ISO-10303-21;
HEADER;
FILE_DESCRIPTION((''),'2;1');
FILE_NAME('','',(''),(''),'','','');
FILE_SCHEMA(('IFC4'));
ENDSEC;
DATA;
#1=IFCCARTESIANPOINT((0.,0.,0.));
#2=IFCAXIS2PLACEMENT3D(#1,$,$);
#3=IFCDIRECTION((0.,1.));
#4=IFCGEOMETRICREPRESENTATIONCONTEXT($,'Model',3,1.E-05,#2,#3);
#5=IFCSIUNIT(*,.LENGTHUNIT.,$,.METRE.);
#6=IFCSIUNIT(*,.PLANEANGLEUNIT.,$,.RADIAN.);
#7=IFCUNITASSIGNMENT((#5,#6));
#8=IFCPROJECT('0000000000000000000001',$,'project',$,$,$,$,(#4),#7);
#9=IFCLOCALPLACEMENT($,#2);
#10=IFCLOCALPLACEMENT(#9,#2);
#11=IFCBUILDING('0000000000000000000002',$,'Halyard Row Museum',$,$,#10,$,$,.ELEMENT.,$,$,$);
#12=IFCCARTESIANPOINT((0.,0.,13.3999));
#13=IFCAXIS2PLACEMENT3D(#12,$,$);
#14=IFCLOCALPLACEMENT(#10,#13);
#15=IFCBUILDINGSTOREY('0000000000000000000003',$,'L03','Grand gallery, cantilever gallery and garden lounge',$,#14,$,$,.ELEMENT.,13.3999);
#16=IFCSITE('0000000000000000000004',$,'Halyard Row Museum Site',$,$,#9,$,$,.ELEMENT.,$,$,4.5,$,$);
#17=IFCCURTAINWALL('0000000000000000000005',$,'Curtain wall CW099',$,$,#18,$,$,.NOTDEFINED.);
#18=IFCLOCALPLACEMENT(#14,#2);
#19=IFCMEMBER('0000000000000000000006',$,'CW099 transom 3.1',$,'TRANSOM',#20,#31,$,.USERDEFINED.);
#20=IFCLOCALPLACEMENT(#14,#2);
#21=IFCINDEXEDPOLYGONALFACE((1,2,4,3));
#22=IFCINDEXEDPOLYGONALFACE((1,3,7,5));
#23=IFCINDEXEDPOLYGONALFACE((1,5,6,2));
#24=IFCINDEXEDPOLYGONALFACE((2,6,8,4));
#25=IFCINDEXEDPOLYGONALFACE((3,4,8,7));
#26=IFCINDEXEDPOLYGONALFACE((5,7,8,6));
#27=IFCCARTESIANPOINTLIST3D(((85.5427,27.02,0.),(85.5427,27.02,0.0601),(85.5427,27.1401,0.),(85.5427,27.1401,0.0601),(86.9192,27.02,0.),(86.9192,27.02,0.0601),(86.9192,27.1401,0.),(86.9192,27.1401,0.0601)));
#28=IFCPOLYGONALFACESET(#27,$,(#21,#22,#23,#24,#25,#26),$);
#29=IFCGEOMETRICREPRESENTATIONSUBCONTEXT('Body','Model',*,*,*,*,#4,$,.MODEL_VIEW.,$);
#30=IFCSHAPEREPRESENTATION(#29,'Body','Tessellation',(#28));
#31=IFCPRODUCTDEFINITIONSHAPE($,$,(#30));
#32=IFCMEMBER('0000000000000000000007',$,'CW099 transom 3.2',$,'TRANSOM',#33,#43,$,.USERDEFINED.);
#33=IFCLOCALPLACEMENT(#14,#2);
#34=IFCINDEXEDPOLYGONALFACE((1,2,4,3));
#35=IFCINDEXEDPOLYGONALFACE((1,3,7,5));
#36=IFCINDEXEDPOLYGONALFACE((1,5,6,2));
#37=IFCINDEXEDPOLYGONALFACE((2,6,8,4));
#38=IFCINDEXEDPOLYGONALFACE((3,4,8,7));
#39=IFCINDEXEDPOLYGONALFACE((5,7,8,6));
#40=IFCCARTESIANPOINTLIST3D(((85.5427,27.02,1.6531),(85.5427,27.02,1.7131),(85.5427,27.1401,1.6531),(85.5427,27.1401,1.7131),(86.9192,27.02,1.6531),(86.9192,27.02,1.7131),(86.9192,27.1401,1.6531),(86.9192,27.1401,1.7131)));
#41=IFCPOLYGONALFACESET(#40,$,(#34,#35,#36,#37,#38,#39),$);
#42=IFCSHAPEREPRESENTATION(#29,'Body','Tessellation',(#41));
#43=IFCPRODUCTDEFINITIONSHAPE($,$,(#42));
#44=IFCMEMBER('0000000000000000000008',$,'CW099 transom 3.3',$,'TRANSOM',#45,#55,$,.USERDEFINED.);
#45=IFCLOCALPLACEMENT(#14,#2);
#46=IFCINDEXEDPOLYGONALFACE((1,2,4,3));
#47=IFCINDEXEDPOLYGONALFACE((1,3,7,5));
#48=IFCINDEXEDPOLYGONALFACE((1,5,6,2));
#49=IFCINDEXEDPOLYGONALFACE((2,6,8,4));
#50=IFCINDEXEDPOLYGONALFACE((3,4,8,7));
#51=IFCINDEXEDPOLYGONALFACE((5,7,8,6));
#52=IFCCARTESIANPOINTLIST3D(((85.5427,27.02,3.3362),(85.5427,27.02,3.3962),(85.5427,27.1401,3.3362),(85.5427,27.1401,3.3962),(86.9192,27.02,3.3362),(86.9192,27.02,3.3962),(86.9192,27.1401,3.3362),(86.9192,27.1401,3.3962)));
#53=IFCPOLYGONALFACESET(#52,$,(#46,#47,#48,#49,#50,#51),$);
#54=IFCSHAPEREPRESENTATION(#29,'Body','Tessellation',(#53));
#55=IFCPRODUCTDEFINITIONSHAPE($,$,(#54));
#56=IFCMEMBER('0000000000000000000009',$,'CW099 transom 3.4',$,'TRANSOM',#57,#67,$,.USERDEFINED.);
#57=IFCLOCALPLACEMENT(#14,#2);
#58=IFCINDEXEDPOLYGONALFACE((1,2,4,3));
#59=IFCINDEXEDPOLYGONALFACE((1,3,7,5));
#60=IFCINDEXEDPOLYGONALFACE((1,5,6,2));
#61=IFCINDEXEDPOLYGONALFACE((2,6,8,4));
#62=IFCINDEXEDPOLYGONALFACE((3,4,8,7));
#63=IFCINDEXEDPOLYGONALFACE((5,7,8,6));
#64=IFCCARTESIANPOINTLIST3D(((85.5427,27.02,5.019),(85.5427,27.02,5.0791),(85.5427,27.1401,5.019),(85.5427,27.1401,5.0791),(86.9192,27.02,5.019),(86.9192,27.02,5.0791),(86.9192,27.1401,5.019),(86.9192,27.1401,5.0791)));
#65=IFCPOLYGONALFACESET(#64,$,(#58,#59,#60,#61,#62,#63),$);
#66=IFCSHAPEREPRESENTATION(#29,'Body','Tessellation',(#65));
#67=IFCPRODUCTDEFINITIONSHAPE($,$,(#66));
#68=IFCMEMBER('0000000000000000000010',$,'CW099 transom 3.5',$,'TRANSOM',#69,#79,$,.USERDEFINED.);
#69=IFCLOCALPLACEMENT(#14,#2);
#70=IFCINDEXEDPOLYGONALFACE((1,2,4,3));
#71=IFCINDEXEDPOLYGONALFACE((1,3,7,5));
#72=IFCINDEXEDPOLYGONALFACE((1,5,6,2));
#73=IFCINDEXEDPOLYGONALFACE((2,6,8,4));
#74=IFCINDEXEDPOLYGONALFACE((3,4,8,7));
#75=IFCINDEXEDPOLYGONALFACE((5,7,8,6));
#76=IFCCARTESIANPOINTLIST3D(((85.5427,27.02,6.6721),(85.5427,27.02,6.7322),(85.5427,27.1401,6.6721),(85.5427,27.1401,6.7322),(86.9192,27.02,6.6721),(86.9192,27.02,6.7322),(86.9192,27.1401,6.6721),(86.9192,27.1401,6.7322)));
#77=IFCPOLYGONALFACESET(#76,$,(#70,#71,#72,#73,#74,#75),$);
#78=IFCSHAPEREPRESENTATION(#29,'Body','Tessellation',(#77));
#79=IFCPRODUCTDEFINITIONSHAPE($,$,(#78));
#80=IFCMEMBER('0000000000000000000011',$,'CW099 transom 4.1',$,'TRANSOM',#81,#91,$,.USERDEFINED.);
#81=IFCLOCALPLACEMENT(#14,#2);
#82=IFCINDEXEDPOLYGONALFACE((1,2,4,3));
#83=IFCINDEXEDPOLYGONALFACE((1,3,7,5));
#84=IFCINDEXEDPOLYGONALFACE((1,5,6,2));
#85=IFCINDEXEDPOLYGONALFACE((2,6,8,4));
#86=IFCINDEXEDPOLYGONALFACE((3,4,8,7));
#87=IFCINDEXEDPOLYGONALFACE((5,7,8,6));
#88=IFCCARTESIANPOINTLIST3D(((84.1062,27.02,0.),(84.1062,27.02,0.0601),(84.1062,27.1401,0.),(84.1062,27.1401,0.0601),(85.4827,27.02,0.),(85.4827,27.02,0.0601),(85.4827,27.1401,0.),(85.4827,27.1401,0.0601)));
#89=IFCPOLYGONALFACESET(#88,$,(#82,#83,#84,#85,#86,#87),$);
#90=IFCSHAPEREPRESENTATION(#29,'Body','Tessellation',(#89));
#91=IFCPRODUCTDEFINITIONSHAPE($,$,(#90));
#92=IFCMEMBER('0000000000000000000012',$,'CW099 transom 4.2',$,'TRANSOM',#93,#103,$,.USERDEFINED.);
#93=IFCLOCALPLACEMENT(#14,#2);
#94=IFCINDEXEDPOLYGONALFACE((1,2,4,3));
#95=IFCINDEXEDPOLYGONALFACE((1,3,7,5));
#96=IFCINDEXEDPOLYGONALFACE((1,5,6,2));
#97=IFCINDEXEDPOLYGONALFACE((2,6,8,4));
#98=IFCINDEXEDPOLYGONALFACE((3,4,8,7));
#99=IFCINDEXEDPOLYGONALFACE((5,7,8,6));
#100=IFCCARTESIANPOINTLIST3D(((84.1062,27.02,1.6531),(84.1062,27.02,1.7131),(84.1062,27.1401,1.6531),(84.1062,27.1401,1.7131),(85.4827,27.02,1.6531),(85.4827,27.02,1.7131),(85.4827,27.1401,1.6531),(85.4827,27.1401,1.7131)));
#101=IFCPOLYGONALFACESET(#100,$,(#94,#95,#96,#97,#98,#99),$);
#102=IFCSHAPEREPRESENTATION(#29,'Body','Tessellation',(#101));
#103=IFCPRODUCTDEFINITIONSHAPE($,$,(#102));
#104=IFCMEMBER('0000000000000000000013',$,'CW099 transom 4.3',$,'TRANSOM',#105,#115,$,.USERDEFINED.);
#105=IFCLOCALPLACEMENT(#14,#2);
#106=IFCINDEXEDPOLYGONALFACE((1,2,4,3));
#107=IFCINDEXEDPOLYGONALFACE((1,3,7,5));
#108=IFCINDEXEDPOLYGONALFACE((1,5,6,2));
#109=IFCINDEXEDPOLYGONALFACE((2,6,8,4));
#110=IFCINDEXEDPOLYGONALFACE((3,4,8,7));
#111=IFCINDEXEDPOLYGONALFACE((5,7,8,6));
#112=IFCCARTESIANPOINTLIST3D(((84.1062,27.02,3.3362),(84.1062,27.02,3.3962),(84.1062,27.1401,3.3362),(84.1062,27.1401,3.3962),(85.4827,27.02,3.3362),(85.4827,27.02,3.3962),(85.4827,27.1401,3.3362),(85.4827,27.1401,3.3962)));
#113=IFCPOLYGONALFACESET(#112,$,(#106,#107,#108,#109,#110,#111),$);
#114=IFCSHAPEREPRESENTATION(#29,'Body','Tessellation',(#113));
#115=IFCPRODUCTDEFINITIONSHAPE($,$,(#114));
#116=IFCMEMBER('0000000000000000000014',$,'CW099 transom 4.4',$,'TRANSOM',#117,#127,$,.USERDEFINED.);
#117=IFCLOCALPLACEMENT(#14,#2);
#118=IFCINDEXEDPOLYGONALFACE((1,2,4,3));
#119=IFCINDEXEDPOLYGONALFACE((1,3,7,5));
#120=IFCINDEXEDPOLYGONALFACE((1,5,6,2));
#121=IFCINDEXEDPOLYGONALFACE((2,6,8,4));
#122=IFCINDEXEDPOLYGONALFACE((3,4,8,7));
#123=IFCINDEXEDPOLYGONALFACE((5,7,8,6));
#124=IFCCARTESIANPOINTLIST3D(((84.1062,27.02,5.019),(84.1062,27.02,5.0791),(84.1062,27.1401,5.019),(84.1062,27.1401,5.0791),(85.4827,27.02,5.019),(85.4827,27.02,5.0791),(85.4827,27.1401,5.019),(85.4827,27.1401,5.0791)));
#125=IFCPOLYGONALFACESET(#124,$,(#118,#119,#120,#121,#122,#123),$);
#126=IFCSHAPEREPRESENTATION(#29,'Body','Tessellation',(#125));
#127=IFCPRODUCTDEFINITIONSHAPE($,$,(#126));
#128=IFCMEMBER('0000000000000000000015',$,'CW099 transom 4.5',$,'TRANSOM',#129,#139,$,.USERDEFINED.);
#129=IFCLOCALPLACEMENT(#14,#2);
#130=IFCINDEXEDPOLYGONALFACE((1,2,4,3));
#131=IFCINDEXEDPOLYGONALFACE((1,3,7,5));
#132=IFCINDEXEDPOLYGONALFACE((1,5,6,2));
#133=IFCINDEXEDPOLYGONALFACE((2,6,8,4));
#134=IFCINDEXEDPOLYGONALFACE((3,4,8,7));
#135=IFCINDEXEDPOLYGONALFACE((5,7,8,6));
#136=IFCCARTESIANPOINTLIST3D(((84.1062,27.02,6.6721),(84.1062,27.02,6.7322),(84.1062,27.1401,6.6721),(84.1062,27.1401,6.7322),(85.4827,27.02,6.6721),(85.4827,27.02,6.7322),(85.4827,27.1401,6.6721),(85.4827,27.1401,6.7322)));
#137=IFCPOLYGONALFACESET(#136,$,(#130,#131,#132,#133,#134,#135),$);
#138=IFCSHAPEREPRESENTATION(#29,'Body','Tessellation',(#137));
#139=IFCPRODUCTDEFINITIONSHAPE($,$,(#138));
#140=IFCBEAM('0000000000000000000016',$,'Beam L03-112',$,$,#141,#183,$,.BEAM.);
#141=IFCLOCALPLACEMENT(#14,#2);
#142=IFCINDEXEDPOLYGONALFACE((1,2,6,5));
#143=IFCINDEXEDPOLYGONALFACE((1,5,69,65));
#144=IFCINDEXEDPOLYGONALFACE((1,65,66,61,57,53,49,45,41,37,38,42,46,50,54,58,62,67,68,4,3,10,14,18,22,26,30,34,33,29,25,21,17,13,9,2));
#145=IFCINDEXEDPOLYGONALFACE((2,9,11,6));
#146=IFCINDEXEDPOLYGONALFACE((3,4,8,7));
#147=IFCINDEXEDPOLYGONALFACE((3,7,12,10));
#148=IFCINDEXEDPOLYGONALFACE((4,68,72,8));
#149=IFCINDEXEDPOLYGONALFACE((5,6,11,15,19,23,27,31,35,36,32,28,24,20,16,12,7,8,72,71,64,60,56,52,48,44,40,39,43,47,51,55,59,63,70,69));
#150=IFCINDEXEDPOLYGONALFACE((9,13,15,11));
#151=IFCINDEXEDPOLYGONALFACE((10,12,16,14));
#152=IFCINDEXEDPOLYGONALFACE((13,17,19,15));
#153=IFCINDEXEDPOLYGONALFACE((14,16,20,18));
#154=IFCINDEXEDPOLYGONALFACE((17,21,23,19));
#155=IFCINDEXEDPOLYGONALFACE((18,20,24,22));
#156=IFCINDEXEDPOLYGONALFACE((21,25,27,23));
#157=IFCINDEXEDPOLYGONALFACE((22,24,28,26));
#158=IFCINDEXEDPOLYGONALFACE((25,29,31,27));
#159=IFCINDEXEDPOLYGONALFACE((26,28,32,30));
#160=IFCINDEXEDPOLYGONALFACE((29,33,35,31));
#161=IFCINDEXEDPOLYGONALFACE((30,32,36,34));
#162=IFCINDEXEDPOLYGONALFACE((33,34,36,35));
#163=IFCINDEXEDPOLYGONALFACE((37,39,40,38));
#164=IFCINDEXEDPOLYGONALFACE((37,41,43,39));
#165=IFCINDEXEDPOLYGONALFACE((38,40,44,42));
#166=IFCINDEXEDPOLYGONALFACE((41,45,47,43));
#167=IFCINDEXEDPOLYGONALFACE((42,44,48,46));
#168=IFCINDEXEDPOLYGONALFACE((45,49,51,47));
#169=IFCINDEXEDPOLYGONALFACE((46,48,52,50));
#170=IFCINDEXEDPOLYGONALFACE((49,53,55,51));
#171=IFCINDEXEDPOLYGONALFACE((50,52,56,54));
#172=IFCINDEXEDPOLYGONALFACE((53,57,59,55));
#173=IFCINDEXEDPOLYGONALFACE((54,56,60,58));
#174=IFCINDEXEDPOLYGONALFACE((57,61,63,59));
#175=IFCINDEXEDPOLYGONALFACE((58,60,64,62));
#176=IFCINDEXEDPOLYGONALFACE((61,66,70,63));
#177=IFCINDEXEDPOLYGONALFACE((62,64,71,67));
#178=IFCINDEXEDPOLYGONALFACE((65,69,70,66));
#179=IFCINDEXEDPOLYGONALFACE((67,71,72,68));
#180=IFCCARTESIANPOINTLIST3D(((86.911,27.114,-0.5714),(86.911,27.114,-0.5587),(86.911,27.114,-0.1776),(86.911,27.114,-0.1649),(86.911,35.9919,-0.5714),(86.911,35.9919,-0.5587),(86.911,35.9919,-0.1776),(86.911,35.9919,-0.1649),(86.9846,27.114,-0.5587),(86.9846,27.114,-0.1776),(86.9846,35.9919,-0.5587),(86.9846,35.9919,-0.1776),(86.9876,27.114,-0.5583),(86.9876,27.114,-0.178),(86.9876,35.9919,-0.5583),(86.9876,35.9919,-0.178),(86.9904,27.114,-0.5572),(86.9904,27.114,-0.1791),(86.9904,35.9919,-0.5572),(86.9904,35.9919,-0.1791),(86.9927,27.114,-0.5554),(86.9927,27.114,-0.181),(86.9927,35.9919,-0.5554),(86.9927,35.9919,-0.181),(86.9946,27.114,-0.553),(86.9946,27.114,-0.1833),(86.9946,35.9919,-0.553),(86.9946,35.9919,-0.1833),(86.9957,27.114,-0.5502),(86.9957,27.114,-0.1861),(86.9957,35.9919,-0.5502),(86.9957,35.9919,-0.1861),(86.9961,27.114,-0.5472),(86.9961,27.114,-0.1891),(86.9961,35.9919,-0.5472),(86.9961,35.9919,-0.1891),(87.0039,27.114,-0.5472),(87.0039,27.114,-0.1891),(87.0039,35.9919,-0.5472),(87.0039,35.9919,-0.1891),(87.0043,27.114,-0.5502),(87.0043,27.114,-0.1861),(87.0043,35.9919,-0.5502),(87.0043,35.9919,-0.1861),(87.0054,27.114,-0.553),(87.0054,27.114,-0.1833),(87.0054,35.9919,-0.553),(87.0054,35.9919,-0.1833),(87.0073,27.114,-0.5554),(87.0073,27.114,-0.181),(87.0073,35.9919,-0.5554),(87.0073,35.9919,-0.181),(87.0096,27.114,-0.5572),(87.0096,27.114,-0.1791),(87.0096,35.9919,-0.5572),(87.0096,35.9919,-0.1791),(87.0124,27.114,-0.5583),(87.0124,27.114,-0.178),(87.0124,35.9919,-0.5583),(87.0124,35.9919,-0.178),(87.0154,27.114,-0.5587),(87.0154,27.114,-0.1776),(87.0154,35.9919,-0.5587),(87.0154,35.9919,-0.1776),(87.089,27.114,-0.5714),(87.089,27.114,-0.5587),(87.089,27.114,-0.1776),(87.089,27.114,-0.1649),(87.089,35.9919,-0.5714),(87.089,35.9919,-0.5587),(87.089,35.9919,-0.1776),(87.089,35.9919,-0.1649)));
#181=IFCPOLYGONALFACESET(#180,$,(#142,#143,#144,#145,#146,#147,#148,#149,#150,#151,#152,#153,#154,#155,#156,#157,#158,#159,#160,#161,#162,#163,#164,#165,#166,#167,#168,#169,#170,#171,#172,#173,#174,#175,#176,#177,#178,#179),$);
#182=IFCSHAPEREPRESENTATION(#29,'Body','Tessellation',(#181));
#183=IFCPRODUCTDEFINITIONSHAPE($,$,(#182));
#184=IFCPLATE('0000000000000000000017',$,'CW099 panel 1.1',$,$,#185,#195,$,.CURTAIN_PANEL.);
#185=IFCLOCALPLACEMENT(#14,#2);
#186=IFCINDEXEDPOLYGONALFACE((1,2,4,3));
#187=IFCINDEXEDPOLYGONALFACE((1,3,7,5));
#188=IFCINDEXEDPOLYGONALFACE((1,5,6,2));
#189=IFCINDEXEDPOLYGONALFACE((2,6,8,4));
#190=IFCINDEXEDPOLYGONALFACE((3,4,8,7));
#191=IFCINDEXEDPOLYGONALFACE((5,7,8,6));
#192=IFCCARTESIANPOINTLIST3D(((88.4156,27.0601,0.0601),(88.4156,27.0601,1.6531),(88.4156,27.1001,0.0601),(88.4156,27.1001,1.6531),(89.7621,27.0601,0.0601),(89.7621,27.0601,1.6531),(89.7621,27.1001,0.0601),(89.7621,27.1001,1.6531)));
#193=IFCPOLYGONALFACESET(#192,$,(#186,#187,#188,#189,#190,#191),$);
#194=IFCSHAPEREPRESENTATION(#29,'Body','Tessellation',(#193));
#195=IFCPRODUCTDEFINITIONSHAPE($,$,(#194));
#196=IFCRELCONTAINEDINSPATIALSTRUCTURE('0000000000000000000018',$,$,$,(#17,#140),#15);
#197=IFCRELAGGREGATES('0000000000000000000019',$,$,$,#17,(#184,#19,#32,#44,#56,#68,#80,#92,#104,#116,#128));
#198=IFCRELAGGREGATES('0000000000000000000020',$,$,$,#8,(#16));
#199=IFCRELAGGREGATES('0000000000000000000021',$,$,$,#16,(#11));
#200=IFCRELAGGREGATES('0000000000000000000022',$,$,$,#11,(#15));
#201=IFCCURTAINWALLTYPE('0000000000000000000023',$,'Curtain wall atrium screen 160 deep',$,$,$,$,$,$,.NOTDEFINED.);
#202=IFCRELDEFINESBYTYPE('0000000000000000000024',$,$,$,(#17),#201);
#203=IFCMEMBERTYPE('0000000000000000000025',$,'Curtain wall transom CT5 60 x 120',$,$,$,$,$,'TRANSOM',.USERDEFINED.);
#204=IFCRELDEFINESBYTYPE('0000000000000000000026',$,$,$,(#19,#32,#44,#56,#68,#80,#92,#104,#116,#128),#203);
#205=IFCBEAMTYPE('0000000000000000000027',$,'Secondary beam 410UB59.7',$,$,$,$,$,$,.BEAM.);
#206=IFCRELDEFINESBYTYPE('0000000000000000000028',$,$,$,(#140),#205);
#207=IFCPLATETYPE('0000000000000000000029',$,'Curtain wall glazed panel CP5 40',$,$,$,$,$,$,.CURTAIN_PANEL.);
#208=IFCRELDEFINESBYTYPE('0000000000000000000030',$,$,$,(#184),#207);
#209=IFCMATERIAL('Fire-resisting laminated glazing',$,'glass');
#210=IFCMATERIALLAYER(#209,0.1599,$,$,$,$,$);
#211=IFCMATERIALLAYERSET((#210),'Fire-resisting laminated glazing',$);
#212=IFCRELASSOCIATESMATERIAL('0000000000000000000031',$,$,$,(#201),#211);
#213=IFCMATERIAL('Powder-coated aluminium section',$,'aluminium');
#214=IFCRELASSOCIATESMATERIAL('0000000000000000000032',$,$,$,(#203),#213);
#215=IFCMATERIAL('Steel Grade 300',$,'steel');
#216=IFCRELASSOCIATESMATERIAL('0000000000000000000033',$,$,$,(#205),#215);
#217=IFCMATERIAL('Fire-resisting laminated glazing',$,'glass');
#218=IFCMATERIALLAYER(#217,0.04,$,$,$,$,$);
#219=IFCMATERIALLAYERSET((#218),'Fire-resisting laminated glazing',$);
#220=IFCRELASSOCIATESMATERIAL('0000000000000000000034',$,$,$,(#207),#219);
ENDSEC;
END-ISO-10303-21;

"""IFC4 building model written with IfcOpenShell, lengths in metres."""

from ifc_helpers import new_model, si_unit, direction, frame, origin, origin_2d, place, context, subcontext, project, spatial, rectangle, i_section, extrude, material, layer, layer_set, material_profile, profile_set, type_object, element, aggregate, save


model = new_model("IFC4")

# Units and contexts
model_context = context("Model", 3, precision=1e-05, world=origin(), true_north=direction((0.0, 1.0)))
body_context = subcontext(model_context, "Body", "Model", "MODEL_VIEW")
ifc_project = project(units=[si_unit("LENGTHUNIT", "METRE"), si_unit("PLANEANGLEUNIT", "RADIAN")], contexts=[model_context])

# Site, building, storey
site_placement = place(None, origin())
site = spatial("IfcSite", under=ifc_project, at=site_placement, Name="Halyard Row Museum Site", CompositionType="ELEMENT", RefElevation=4.5)
building_placement = place(site_placement, origin())
building = spatial("IfcBuilding", under=site, at=building_placement, Name="Halyard Row Museum", CompositionType="ELEMENT")
storey_placement = place(building_placement, frame((0.0, 0.0, 13.3999)))
storey = spatial("IfcBuildingStorey", under=building, at=storey_placement, Name="L03", Description="Grand gallery, cantilever gallery and garden lounge", CompositionType="ELEMENT", Elevation=13.3999)

# Curtain wall, members
ifc_material_1 = material(Name="Fire-resisting laminated glazing", Category="glass")
ifc_layer_1 = layer(ifc_material_1, 0.1599)
ifc_layer_set_1 = layer_set([ifc_layer_1], Name="Fire-resisting laminated glazing")
curtain_wall_type = type_object("IfcCurtainWallType", Name="Curtain wall atrium screen 160 deep", PredefinedType="NOTDEFINED", material=ifc_layer_set_1)
curtain_wall_placement = place(storey_placement, origin())
curtain_wall = element("IfcCurtainWall", 1, at=curtain_wall_placement, inside=storey, type_object=curtain_wall_type, Name="Curtain wall CW099", PredefinedType="NOTDEFINED")
ifc_material_2 = material(Name="Powder-coated aluminium section", Category="aluminium")
ifc_material_profile_1 = material_profile(ifc_material_2, rectangle(XDim=0.1201, YDim=0.0601, at=origin_2d()), Name="120x60 transom")
ifc_profile_set_1 = profile_set([ifc_material_profile_1], Name="Powder-coated aluminium section")
member_type_1 = type_object("IfcMemberType", Name="Curtain wall transom CT5 60 x 120", ElementType="TRANSOM", PredefinedType="USERDEFINED", material=ifc_profile_set_1)
member_1_placement = place(storey_placement, frame((86.9192, 27.0801, 0.03), z_axis=(-1.0, 0.0, 0.0), x_axis=(0.0, -1.0, 0.0)))
member_1 = element("IfcMember", 2, at=member_1_placement, type_object=member_type_1, Name="CW099 transom 3.1", ObjectType="TRANSOM", PredefinedType="USERDEFINED", context=body_context, shape_type="SweptSolid", body=[
    extrude(rectangle(XDim=0.1201, YDim=0.0601, at=origin_2d()), origin(), (0.0, 0.0, 1.0), 1.3765),
])
member_2_placement = place(storey_placement, frame((86.9192, 27.0801, 1.6831), z_axis=(-1.0, 0.0, 0.0), x_axis=(0.0, -1.0, 0.0)))
member_2 = element("IfcMember", 3, at=member_2_placement, type_object=member_type_1, Name="CW099 transom 3.2", ObjectType="TRANSOM", PredefinedType="USERDEFINED", context=body_context, shape_type="SweptSolid", body=[
    extrude(rectangle(XDim=0.1201, YDim=0.0601, at=origin_2d()), origin(), (0.0, 0.0, 1.0), 1.3765),
])
member_3_placement = place(storey_placement, frame((86.9192, 27.0801, 3.3662), z_axis=(-1.0, 0.0, 0.0), x_axis=(0.0, -1.0, 0.0)))
member_3 = element("IfcMember", 4, at=member_3_placement, type_object=member_type_1, Name="CW099 transom 3.3", ObjectType="TRANSOM", PredefinedType="USERDEFINED", context=body_context, shape_type="SweptSolid", body=[
    extrude(rectangle(XDim=0.1201, YDim=0.0601, at=origin_2d()), origin(), (0.0, 0.0, 1.0), 1.3765),
])
member_4_placement = place(storey_placement, frame((86.9192, 27.0801, 5.0491), z_axis=(-1.0, 0.0, 0.0), x_axis=(0.0, -1.0, 0.0)))
member_4 = element("IfcMember", 5, at=member_4_placement, type_object=member_type_1, Name="CW099 transom 3.4", ObjectType="TRANSOM", PredefinedType="USERDEFINED", context=body_context, shape_type="SweptSolid", body=[
    extrude(rectangle(XDim=0.1201, YDim=0.0601, at=origin_2d()), origin(), (0.0, 0.0, 1.0), 1.3765),
])
member_5_placement = place(storey_placement, frame((86.9192, 27.0801, 6.7021), z_axis=(-1.0, 0.0, 0.0), x_axis=(0.0, -1.0, 0.0)))
member_5 = element("IfcMember", 6, at=member_5_placement, type_object=member_type_1, Name="CW099 transom 3.5", ObjectType="TRANSOM", PredefinedType="USERDEFINED", context=body_context, shape_type="SweptSolid", body=[
    extrude(rectangle(XDim=0.1201, YDim=0.0601, at=origin_2d()), origin(), (0.0, 0.0, 1.0), 1.3765),
])
member_6_placement = place(storey_placement, frame((85.4827, 27.0801, 0.03), z_axis=(-1.0, 0.0, 0.0), x_axis=(0.0, -1.0, 0.0)))
member_6 = element("IfcMember", 7, at=member_6_placement, type_object=member_type_1, Name="CW099 transom 4.1", ObjectType="TRANSOM", PredefinedType="USERDEFINED", context=body_context, shape_type="SweptSolid", body=[
    extrude(rectangle(XDim=0.1201, YDim=0.0601, at=origin_2d()), origin(), (0.0, 0.0, 1.0), 1.3765),
])
member_7_placement = place(storey_placement, frame((85.4827, 27.0801, 1.6831), z_axis=(-1.0, 0.0, 0.0), x_axis=(0.0, -1.0, 0.0)))
member_7 = element("IfcMember", 8, at=member_7_placement, type_object=member_type_1, Name="CW099 transom 4.2", ObjectType="TRANSOM", PredefinedType="USERDEFINED", context=body_context, shape_type="SweptSolid", body=[
    extrude(rectangle(XDim=0.1201, YDim=0.0601, at=origin_2d()), origin(), (0.0, 0.0, 1.0), 1.3765),
])
member_8_placement = place(storey_placement, frame((85.4827, 27.0801, 3.3662), z_axis=(-1.0, 0.0, 0.0), x_axis=(0.0, -1.0, 0.0)))
member_8 = element("IfcMember", 9, at=member_8_placement, type_object=member_type_1, Name="CW099 transom 4.3", ObjectType="TRANSOM", PredefinedType="USERDEFINED", context=body_context, shape_type="SweptSolid", body=[
    extrude(rectangle(XDim=0.1201, YDim=0.0601, at=origin_2d()), origin(), (0.0, 0.0, 1.0), 1.3765),
])
member_9_placement = place(storey_placement, frame((85.4827, 27.0801, 5.0491), z_axis=(-1.0, 0.0, 0.0), x_axis=(0.0, -1.0, 0.0)))
member_9 = element("IfcMember", 10, at=member_9_placement, type_object=member_type_1, Name="CW099 transom 4.4", ObjectType="TRANSOM", PredefinedType="USERDEFINED", context=body_context, shape_type="SweptSolid", body=[
    extrude(rectangle(XDim=0.1201, YDim=0.0601, at=origin_2d()), origin(), (0.0, 0.0, 1.0), 1.3765),
])
member_10_placement = place(storey_placement, frame((85.4827, 27.0801, 6.7021), z_axis=(-1.0, 0.0, 0.0), x_axis=(0.0, -1.0, 0.0)))
member_10 = element("IfcMember", 11, at=member_10_placement, type_object=member_type_1, Name="CW099 transom 4.5", ObjectType="TRANSOM", PredefinedType="USERDEFINED", context=body_context, shape_type="SweptSolid", body=[
    extrude(rectangle(XDim=0.1201, YDim=0.0601, at=origin_2d()), origin(), (0.0, 0.0, 1.0), 1.3765),
])

# Beam
ifc_material_3 = material(Name="Steel Grade 300", Category="steel")
ifc_material_profile_2 = material_profile(ifc_material_3, i_section(OverallWidth=0.178, OverallDepth=0.4065, WebThickness=0.0078, FlangeThickness=0.0127, FilletRadius=0.0115, at=origin_2d()), Name="410UB59.7")
ifc_profile_set_2 = profile_set([ifc_material_profile_2], Name="Steel Grade 300")
beam_type = type_object("IfcBeamType", Name="Secondary beam 410UB59.7", PredefinedType="BEAM", material=ifc_profile_set_2)
beam_placement = place(storey_placement, frame((87.0, 27.114, -0.3682), z_axis=(0.0, 1.0, 0.0), x_axis=(-1.0, 0.0, 0.0)))
element("IfcBeam", 12, at=beam_placement, inside=storey, type_object=beam_type, Name="Beam L03-112", PredefinedType="BEAM", context=body_context, shape_type="SweptSolid", body=[
    extrude(i_section(OverallWidth=0.178, OverallDepth=0.4065, WebThickness=0.0078, FlangeThickness=0.0127, FilletRadius=0.0115, at=origin_2d()), origin(), (0.0, 0.0, 1.0), 8.8779),
])

# Plate
ifc_material_4 = material(Name="Fire-resisting laminated glazing", Category="glass")
ifc_layer_2 = layer(ifc_material_4, 0.04)
ifc_layer_set_2 = layer_set([ifc_layer_2], Name="Fire-resisting laminated glazing")
plate_type = type_object("IfcPlateType", Name="Curtain wall glazed panel CP5 40", PredefinedType="CURTAIN_PANEL", material=ifc_layer_set_2)
plate_1_placement = place(storey_placement, frame((89.0889, 27.0801, 0.0601), z_axis=(0.0, 0.0, 1.0), x_axis=(-1.0, 0.0, 0.0)))
plate_1 = element("IfcPlate", 13, at=plate_1_placement, type_object=plate_type, Name="CW099 panel 1.1", PredefinedType="CURTAIN_PANEL", context=body_context, shape_type="SweptSolid", body=[
    extrude(rectangle(XDim=1.3464, YDim=0.04, at=origin_2d()), origin(), (0.0, 0.0, 1.0), 1.593),
])
aggregate(curtain_wall, [plate_1, member_1, member_2, member_3, member_4, member_5, member_6, member_7, member_8, member_9, member_10])

save(model, "model.ifc")
